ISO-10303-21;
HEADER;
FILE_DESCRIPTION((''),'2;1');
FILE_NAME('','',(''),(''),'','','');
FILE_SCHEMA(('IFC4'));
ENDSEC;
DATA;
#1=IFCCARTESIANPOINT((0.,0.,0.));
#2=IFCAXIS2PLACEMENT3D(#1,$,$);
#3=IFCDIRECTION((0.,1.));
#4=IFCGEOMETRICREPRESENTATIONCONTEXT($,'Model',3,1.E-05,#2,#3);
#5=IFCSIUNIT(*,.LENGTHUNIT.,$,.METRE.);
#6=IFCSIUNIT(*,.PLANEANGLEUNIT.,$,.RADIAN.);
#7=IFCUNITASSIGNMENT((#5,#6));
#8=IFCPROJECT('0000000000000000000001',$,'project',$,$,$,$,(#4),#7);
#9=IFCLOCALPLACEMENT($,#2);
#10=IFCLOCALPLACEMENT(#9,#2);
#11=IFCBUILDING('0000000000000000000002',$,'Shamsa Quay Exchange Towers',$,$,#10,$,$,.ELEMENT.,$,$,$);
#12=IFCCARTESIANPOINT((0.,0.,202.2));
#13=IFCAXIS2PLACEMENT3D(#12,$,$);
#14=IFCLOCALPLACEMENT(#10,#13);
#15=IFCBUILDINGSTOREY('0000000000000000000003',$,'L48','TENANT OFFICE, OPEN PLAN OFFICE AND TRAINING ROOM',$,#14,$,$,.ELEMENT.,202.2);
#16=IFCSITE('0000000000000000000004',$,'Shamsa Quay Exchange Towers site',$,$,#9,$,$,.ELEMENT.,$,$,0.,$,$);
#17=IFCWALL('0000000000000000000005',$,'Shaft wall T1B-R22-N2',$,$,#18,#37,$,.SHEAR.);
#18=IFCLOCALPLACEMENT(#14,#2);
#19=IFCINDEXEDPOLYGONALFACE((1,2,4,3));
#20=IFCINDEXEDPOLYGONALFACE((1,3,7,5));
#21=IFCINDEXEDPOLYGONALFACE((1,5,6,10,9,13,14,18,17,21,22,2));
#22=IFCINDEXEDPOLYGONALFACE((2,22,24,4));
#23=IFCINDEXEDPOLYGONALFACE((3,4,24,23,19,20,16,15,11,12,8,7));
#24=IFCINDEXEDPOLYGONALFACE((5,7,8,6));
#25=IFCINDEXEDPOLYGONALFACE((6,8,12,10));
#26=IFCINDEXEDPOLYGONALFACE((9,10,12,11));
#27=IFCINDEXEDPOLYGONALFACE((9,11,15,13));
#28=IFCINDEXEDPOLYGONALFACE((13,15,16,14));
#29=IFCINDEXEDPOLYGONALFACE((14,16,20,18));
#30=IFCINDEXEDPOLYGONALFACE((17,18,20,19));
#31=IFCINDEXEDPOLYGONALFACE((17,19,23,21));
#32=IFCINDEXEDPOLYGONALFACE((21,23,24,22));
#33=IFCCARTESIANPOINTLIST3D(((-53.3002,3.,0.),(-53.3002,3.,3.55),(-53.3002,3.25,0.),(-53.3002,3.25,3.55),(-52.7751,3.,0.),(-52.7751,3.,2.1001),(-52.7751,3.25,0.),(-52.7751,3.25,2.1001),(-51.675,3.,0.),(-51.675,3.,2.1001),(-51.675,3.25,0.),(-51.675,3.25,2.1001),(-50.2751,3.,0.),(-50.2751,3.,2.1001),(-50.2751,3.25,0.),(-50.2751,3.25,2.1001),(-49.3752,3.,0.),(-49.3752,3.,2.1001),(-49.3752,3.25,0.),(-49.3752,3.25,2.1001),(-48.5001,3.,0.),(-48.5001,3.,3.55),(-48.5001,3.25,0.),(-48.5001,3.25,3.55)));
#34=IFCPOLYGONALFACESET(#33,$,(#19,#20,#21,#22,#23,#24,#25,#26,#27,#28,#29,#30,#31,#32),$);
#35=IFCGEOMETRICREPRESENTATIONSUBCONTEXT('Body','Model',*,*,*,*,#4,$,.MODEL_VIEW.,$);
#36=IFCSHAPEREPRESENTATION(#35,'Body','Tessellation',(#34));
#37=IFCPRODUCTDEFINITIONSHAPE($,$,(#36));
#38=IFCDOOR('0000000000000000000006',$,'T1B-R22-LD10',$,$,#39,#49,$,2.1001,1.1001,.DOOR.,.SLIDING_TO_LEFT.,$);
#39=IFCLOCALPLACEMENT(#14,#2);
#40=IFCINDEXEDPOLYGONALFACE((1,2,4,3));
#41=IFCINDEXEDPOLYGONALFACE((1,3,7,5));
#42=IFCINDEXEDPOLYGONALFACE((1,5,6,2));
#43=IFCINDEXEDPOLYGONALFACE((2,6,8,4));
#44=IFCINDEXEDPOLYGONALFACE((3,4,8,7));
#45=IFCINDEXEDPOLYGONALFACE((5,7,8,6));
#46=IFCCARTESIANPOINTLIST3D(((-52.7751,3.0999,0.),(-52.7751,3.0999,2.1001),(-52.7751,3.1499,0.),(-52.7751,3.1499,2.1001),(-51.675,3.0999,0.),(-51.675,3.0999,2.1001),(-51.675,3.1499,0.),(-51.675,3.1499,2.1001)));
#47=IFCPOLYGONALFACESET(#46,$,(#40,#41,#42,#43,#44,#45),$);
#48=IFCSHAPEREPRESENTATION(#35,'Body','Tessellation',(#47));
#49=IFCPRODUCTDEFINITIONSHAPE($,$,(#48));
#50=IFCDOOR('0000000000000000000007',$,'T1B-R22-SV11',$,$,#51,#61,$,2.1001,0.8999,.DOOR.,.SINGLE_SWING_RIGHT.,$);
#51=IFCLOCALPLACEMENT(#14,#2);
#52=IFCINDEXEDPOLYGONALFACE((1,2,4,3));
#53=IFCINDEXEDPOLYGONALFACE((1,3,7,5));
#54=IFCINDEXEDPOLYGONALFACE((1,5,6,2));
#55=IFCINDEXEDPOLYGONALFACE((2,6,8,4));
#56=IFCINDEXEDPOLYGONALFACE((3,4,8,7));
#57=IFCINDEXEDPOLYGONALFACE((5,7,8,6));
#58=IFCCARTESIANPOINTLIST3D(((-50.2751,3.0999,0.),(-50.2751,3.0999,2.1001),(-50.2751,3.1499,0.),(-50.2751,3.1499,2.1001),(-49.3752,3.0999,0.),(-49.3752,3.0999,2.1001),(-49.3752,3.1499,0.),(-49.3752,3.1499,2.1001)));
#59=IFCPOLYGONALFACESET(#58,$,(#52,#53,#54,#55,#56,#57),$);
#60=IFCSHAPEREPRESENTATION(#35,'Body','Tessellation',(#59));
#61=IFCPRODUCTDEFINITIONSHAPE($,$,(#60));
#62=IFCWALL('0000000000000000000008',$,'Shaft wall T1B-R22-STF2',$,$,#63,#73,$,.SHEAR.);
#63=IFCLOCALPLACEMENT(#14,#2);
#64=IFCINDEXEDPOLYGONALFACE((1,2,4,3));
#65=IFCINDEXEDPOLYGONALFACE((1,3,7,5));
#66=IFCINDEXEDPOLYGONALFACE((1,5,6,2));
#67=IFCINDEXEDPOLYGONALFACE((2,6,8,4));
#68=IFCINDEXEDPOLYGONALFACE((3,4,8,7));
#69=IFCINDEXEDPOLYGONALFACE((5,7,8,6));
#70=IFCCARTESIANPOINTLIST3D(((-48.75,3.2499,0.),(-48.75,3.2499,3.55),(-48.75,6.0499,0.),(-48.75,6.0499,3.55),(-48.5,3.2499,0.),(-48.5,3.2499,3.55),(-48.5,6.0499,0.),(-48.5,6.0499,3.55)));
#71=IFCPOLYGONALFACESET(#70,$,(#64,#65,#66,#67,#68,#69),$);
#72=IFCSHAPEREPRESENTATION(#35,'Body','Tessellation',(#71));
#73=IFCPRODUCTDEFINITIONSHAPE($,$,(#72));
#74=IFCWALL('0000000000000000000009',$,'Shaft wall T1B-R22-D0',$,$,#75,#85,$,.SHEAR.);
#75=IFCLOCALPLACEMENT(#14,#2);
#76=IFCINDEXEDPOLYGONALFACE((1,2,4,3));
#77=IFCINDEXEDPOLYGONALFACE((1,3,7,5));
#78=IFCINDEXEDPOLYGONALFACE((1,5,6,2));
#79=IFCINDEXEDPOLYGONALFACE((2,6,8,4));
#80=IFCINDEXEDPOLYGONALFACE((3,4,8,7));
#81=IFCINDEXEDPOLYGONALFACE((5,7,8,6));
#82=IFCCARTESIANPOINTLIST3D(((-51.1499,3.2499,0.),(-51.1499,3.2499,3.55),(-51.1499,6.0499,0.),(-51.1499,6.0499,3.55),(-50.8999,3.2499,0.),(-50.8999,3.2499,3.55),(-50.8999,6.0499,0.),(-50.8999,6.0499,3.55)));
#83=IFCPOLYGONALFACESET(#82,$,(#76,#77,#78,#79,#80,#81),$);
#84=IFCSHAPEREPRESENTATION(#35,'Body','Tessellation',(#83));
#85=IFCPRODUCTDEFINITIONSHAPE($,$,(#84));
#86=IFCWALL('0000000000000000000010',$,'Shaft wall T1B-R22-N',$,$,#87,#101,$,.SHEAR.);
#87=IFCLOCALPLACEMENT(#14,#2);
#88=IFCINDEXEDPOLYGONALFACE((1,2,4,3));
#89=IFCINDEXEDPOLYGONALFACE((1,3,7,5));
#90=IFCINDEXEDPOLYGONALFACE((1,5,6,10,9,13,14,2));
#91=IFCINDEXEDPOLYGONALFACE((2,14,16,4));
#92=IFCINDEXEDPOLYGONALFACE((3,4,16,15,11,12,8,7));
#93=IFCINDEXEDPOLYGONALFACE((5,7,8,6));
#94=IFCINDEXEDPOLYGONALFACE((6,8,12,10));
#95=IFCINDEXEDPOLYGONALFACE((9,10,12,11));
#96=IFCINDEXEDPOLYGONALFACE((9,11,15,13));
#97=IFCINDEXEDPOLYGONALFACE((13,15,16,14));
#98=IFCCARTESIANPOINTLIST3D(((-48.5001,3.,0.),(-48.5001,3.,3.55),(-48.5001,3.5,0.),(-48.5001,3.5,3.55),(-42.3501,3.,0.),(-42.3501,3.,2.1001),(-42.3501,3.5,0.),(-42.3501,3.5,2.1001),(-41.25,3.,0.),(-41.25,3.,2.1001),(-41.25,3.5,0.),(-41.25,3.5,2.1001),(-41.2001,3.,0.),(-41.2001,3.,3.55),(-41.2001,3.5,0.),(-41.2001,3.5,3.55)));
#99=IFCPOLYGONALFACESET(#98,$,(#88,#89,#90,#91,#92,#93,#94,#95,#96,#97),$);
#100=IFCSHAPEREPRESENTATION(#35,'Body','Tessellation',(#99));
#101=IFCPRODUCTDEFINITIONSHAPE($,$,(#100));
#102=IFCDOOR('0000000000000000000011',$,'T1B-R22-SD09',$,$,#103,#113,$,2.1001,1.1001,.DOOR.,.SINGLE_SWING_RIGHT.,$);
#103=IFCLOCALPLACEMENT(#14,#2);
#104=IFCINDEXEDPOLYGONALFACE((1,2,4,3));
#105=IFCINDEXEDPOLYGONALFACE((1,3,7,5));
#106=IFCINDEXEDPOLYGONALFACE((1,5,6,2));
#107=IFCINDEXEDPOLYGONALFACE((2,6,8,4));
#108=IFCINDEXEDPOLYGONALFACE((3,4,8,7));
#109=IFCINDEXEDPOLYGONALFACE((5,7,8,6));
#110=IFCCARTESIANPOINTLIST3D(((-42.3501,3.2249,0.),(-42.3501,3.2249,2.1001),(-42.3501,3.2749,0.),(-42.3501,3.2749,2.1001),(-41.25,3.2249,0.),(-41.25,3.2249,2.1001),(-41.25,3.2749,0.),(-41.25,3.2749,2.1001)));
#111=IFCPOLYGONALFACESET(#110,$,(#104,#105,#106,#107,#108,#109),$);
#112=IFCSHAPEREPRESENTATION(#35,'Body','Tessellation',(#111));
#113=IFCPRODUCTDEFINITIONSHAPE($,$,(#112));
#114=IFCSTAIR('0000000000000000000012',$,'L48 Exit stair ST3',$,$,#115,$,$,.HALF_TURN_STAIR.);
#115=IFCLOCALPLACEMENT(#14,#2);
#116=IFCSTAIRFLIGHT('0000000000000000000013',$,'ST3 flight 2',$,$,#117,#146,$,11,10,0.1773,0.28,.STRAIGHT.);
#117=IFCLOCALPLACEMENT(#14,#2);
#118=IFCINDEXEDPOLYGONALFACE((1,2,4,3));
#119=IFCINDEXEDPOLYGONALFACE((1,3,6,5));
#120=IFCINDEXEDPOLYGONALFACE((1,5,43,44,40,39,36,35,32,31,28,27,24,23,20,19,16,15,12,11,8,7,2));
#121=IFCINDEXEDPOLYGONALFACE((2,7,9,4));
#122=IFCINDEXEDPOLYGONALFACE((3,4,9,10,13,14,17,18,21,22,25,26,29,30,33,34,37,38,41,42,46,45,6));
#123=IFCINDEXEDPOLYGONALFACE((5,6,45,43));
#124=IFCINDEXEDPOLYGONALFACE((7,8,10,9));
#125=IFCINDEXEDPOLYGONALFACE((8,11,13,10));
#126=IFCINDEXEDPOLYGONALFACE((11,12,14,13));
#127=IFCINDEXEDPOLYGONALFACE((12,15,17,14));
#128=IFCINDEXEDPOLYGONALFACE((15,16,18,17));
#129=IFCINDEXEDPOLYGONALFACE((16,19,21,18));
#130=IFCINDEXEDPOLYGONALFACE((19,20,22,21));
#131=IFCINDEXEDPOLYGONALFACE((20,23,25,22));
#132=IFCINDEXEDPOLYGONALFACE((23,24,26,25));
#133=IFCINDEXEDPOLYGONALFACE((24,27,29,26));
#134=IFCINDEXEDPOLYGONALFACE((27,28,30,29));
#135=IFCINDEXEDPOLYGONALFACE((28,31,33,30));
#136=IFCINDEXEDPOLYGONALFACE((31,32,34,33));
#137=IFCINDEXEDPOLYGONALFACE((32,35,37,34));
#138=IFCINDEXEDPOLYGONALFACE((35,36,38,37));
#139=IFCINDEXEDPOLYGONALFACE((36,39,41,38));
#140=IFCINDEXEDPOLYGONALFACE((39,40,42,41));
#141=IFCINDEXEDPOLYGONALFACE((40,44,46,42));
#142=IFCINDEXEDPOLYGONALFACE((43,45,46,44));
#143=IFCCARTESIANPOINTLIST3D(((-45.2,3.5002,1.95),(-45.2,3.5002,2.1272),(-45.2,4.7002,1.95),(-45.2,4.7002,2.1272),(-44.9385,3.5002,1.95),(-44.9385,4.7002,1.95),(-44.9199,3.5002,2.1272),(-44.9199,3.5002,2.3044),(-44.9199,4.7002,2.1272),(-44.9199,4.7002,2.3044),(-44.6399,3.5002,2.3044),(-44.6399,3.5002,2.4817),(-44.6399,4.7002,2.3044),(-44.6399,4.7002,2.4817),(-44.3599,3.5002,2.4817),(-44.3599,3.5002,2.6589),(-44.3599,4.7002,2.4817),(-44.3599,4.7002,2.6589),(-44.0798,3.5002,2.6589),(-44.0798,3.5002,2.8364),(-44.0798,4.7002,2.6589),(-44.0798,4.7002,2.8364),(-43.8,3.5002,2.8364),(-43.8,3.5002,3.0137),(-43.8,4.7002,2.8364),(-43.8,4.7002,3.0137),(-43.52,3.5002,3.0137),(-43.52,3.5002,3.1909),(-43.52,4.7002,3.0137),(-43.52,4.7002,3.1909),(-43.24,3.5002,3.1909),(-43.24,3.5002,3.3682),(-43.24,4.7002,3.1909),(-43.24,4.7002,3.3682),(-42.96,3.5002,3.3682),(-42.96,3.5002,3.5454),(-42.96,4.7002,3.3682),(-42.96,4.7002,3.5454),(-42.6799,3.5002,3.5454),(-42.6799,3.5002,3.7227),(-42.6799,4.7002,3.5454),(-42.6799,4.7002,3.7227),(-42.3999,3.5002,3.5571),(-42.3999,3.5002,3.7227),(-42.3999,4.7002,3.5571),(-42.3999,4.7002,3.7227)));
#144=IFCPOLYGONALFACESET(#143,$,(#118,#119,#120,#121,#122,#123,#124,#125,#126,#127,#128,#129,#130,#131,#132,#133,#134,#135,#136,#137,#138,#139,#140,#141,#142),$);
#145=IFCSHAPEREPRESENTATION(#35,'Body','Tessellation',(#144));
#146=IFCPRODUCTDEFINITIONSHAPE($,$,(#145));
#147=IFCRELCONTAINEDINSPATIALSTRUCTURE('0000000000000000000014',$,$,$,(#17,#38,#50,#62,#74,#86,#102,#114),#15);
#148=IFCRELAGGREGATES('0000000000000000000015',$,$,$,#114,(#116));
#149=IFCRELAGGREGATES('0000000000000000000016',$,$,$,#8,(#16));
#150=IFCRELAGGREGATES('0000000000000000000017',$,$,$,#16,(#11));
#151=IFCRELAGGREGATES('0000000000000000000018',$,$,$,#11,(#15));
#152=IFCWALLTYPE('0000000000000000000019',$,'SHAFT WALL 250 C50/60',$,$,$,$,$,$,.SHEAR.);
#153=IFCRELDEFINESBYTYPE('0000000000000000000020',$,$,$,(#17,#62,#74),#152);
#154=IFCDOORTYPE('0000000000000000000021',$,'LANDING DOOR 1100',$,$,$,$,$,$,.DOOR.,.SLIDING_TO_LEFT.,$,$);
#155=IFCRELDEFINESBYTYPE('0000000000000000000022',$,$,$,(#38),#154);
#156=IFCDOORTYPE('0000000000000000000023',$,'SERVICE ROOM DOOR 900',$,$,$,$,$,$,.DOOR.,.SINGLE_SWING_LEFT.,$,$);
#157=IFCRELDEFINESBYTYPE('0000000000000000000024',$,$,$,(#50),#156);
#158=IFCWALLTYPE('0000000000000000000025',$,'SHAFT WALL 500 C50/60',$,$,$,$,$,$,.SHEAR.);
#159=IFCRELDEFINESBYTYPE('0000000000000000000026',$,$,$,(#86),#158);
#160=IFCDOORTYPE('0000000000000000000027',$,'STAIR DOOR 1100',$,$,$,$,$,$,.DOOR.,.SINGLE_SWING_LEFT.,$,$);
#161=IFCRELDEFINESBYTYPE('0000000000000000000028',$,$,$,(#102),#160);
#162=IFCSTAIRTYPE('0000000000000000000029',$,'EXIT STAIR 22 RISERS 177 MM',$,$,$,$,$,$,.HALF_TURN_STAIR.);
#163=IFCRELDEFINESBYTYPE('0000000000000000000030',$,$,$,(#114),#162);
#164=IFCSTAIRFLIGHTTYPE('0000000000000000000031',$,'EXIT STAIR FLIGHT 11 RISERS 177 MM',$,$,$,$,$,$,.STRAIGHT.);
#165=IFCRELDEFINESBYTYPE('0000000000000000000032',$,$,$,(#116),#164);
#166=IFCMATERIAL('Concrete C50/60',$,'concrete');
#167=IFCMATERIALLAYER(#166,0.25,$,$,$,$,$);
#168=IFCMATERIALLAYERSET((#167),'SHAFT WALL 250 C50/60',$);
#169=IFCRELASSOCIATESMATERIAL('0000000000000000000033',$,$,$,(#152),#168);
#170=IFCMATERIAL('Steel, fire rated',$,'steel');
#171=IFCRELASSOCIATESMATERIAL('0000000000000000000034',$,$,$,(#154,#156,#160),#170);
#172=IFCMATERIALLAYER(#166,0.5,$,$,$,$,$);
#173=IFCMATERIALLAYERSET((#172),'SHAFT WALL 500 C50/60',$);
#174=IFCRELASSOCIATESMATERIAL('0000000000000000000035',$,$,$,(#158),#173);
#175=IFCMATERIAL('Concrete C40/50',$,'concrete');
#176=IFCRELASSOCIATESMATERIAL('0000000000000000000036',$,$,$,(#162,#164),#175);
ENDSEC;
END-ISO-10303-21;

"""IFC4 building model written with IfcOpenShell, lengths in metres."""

from ifc_helpers import new_model, si_unit, direction, frame, frame_2d, origin, place, context, subcontext, project, spatial, polyline, rectangle, outline, extrude, material, layer, layer_set, type_object, element, fill, aggregate, save


model = new_model("IFC4")

# Units and contexts
model_context = context("Model", 3, precision=1e-05, world=origin(), true_north=direction((0.0, 1.0)))
body_context = subcontext(model_context, "Body", "Model", "MODEL_VIEW")
ifc_project = project(units=[si_unit("LENGTHUNIT", "METRE"), si_unit("PLANEANGLEUNIT", "RADIAN")], contexts=[model_context])

# Site, building, storey
site_placement = place(None, origin())
site = spatial("IfcSite", under=ifc_project, at=site_placement, Name="Shamsa Quay Exchange Towers site", CompositionType="ELEMENT", RefElevation=0.0)
building_placement = place(site_placement, origin())
building = spatial("IfcBuilding", under=site, at=building_placement, Name="Shamsa Quay Exchange Towers", CompositionType="ELEMENT")
storey_placement = place(building_placement, frame((0.0, 0.0, 202.2)))
storey = spatial("IfcBuildingStorey", under=building, at=storey_placement, Name="L48", Description="TENANT OFFICE, OPEN PLAN OFFICE AND TRAINING ROOM", CompositionType="ELEMENT", Elevation=202.2)

# Wall, openings, doors
ifc_material_1 = material(Name="Concrete C50/60", Category="concrete")
ifc_layer_1 = layer(ifc_material_1, 0.25)
ifc_layer_set_1 = layer_set([ifc_layer_1], Name="SHAFT WALL 250 C50/60")
wall_type_1 = type_object("IfcWallType", Name="SHAFT WALL 250 C50/60", PredefinedType="SHEAR", material=ifc_layer_set_1)
wall_1_placement = place(storey_placement, frame((-53.3, 3.125, 0.0)))
wall_1 = element("IfcWall", 1, at=wall_1_placement, inside=storey, type_object=wall_type_1, Name="Shaft wall T1B-R22-N2", PredefinedType="SHEAR", context=body_context, shape_type="SweptSolid", body=[
    extrude(rectangle(XDim=4.8, YDim=0.25, at=frame_2d((2.3999, 0.0))), origin(), (0.0, 0.0, 1.0), 3.55),
])
opening_1_placement = place(wall_1_placement, frame((0.5249, 0.0, 0.0)))
opening_1 = element("IfcOpeningElement", 2, at=opening_1_placement, cuts=wall_1, PredefinedType="OPENING", context=body_context, shape_type="SweptSolid", body=[
    extrude(rectangle(XDim=1.1001, YDim=2.1001, at=frame_2d((0.55, 1.05))), frame((0.0, 0.135, 0.0), z_axis=(0.0, -1.0, 0.0), x_axis=(1.0, 0.0, 0.0)), (0.0, 0.0, 1.0), 0.27),
])
opening_2_placement = place(wall_1_placement, frame((3.0249, 0.0, 0.0)))
opening_2 = element("IfcOpeningElement", 3, at=opening_2_placement, cuts=wall_1, PredefinedType="OPENING", context=body_context, shape_type="SweptSolid", body=[
    extrude(rectangle(XDim=0.8999, YDim=2.1001, at=frame_2d((0.45, 1.05))), frame((0.0, 0.135, 0.0), z_axis=(0.0, -1.0, 0.0), x_axis=(1.0, 0.0, 0.0)), (0.0, 0.0, 1.0), 0.27),
])
ifc_material_2 = material(Name="Steel, fire rated", Category="steel")
door_type_1 = type_object("IfcDoorType", Name="LANDING DOOR 1100", OperationType="SLIDING_TO_LEFT", PredefinedType="DOOR", material=ifc_material_2)
door_1_placement = place(opening_1_placement, origin())
door_1 = element("IfcDoor", 4, at=door_1_placement, inside=storey, type_object=door_type_1, Name="T1B-R22-LD10", OperationType="SLIDING_TO_LEFT", OverallHeight=2.1001, OverallWidth=1.1001, PredefinedType="DOOR", context=body_context, shape_type="SweptSolid", body=[
    extrude(rectangle(XDim=1.1001, YDim=2.1001, at=frame_2d((0.55, 1.05))), frame((0.0, 0.0249, 0.0), z_axis=(0.0, -1.0, 0.0), x_axis=(1.0, 0.0, 0.0)), (0.0, 0.0, 1.0), 0.05),
])
fill(opening_1, door_1)
door_type_2 = type_object("IfcDoorType", Name="SERVICE ROOM DOOR 900", OperationType="SINGLE_SWING_LEFT", PredefinedType="DOOR", material=ifc_material_2)
door_2_placement = place(opening_2_placement, origin())
door_2 = element("IfcDoor", 5, at=door_2_placement, inside=storey, type_object=door_type_2, Name="T1B-R22-SV11", OperationType="SINGLE_SWING_RIGHT", OverallHeight=2.1001, OverallWidth=0.8999, PredefinedType="DOOR", context=body_context, shape_type="SweptSolid", body=[
    extrude(rectangle(XDim=0.8999, YDim=2.1001, at=frame_2d((0.45, 1.05))), frame((0.0, 0.0249, 0.0), z_axis=(0.0, -1.0, 0.0), x_axis=(1.0, 0.0, 0.0)), (0.0, 0.0, 1.0), 0.05),
])
fill(opening_2, door_2)

# Walls
for number, where, z_axis, x_axis, name in (
    (6, (-48.625, 3.25, 0.0), (0.0, 0.0, 1.0), (0.0, 1.0, 0.0), "Shaft wall T1B-R22-STF2"),
    (7, (-51.0249, 3.25, 0.0), (0.0, 0.0, 1.0), (0.0, 1.0, 0.0), "Shaft wall T1B-R22-D0"),
):
    element("IfcWall", number, at=place(storey_placement, frame(where, z_axis=z_axis, x_axis=x_axis)), inside=storey, type_object=wall_type_1, Name=name, PredefinedType="SHEAR", context=body_context, shape_type="SweptSolid", body=[
        extrude(rectangle(XDim=2.8, YDim=0.25, at=frame_2d((1.3999, 0.0))), origin(), (0.0, 0.0, 1.0), 3.55),
    ])

# Wall, opening, door
ifc_layer_2 = layer(ifc_material_1, 0.5)
ifc_layer_set_2 = layer_set([ifc_layer_2], Name="SHAFT WALL 500 C50/60")
wall_type_2 = type_object("IfcWallType", Name="SHAFT WALL 500 C50/60", PredefinedType="SHEAR", material=ifc_layer_set_2)
wall_2_placement = place(storey_placement, frame((-48.5, 3.25, 0.0)))
wall_2 = element("IfcWall", 8, at=wall_2_placement, inside=storey, type_object=wall_type_2, Name="Shaft wall T1B-R22-N", PredefinedType="SHEAR", context=body_context, shape_type="SweptSolid", body=[
    extrude(rectangle(XDim=7.3, YDim=0.5, at=frame_2d((3.6499, 0.0))), origin(), (0.0, 0.0, 1.0), 3.55),
])
opening_3_placement = place(wall_2_placement, frame((6.1499, 0.0, 0.0)))
opening_3 = element("IfcOpeningElement", 9, at=opening_3_placement, cuts=wall_2, PredefinedType="OPENING", context=body_context, shape_type="SweptSolid", body=[
    extrude(rectangle(XDim=1.1001, YDim=2.1001, at=frame_2d((0.55, 1.05))), frame((0.0, 0.26, 0.0), z_axis=(0.0, -1.0, 0.0), x_axis=(1.0, 0.0, 0.0)), (0.0, 0.0, 1.0), 0.52),
])
door_type_3 = type_object("IfcDoorType", Name="STAIR DOOR 1100", OperationType="SINGLE_SWING_LEFT", PredefinedType="DOOR", material=ifc_material_2)
door_3_placement = place(opening_3_placement, origin())
door_3 = element("IfcDoor", 10, at=door_3_placement, inside=storey, type_object=door_type_3, Name="T1B-R22-SD09", OperationType="SINGLE_SWING_RIGHT", OverallHeight=2.1001, OverallWidth=1.1001, PredefinedType="DOOR", context=body_context, shape_type="SweptSolid", body=[
    extrude(rectangle(XDim=1.1001, YDim=2.1001, at=frame_2d((0.55, 1.05))), frame((0.0, 0.0249, 0.0), z_axis=(0.0, -1.0, 0.0), x_axis=(1.0, 0.0, 0.0)), (0.0, 0.0, 1.0), 0.05),
])
fill(opening_3, door_3)

# Stair, stair flight
ifc_material_3 = material(Name="Concrete C40/50", Category="concrete")
stair_type = type_object("IfcStairType", Name="EXIT STAIR 22 RISERS 177 MM", PredefinedType="HALF_TURN_STAIR", material=ifc_material_3)
stair_placement = place(storey_placement, origin())
stair = element("IfcStair", 11, at=stair_placement, inside=storey, type_object=stair_type, Name="L48 Exit stair ST3", PredefinedType="HALF_TURN_STAIR")
stair_flight_type = type_object("IfcStairFlightType", Name="EXIT STAIR FLIGHT 11 RISERS 177 MM", PredefinedType="STRAIGHT", material=ifc_material_3)
stair_flight_placement = place(storey_placement, frame((-45.2, 4.1001, 1.95)))
stair_flight = element("IfcStairFlight", 12, at=stair_flight_placement, type_object=stair_flight_type, Name="ST3 flight 2", NumberOfRisers=11, NumberOfTreads=10, PredefinedType="STRAIGHT", RiserHeight=0.1773, TreadLength=0.28, context=body_context, shape_type="SweptSolid", body=[
    extrude(outline(polyline([(0.0, 0.0), (0.0, 0.1772), (0.28, 0.1772), (0.28, 0.3545), (0.5601, 0.3545), (0.5601, 0.5317), (0.8401, 0.5317), (0.8401, 0.709), (1.1201, 0.709), (1.1201, 0.8865), (1.3999, 0.8865), (1.3999, 1.0637), (1.6799, 1.0637), (1.6799, 1.241), (1.96, 1.241), (1.96, 1.4182), (2.24, 1.4182), (2.24, 1.5955), (2.52, 1.5955), (2.52, 1.7727), (2.8, 1.7727), (2.8, 1.95), (2.8, 1.6072), (0.2615, 0.0), (0.0, 0.0)])), frame((0.0, 0.6001, 0.0), z_axis=(0.0, -1.0, 0.0), x_axis=(1.0, 0.0, 0.0)), (0.0, 0.0, 1.0), 1.2),
])
aggregate(stair, [stair_flight])

save(model, "model.ifc")
